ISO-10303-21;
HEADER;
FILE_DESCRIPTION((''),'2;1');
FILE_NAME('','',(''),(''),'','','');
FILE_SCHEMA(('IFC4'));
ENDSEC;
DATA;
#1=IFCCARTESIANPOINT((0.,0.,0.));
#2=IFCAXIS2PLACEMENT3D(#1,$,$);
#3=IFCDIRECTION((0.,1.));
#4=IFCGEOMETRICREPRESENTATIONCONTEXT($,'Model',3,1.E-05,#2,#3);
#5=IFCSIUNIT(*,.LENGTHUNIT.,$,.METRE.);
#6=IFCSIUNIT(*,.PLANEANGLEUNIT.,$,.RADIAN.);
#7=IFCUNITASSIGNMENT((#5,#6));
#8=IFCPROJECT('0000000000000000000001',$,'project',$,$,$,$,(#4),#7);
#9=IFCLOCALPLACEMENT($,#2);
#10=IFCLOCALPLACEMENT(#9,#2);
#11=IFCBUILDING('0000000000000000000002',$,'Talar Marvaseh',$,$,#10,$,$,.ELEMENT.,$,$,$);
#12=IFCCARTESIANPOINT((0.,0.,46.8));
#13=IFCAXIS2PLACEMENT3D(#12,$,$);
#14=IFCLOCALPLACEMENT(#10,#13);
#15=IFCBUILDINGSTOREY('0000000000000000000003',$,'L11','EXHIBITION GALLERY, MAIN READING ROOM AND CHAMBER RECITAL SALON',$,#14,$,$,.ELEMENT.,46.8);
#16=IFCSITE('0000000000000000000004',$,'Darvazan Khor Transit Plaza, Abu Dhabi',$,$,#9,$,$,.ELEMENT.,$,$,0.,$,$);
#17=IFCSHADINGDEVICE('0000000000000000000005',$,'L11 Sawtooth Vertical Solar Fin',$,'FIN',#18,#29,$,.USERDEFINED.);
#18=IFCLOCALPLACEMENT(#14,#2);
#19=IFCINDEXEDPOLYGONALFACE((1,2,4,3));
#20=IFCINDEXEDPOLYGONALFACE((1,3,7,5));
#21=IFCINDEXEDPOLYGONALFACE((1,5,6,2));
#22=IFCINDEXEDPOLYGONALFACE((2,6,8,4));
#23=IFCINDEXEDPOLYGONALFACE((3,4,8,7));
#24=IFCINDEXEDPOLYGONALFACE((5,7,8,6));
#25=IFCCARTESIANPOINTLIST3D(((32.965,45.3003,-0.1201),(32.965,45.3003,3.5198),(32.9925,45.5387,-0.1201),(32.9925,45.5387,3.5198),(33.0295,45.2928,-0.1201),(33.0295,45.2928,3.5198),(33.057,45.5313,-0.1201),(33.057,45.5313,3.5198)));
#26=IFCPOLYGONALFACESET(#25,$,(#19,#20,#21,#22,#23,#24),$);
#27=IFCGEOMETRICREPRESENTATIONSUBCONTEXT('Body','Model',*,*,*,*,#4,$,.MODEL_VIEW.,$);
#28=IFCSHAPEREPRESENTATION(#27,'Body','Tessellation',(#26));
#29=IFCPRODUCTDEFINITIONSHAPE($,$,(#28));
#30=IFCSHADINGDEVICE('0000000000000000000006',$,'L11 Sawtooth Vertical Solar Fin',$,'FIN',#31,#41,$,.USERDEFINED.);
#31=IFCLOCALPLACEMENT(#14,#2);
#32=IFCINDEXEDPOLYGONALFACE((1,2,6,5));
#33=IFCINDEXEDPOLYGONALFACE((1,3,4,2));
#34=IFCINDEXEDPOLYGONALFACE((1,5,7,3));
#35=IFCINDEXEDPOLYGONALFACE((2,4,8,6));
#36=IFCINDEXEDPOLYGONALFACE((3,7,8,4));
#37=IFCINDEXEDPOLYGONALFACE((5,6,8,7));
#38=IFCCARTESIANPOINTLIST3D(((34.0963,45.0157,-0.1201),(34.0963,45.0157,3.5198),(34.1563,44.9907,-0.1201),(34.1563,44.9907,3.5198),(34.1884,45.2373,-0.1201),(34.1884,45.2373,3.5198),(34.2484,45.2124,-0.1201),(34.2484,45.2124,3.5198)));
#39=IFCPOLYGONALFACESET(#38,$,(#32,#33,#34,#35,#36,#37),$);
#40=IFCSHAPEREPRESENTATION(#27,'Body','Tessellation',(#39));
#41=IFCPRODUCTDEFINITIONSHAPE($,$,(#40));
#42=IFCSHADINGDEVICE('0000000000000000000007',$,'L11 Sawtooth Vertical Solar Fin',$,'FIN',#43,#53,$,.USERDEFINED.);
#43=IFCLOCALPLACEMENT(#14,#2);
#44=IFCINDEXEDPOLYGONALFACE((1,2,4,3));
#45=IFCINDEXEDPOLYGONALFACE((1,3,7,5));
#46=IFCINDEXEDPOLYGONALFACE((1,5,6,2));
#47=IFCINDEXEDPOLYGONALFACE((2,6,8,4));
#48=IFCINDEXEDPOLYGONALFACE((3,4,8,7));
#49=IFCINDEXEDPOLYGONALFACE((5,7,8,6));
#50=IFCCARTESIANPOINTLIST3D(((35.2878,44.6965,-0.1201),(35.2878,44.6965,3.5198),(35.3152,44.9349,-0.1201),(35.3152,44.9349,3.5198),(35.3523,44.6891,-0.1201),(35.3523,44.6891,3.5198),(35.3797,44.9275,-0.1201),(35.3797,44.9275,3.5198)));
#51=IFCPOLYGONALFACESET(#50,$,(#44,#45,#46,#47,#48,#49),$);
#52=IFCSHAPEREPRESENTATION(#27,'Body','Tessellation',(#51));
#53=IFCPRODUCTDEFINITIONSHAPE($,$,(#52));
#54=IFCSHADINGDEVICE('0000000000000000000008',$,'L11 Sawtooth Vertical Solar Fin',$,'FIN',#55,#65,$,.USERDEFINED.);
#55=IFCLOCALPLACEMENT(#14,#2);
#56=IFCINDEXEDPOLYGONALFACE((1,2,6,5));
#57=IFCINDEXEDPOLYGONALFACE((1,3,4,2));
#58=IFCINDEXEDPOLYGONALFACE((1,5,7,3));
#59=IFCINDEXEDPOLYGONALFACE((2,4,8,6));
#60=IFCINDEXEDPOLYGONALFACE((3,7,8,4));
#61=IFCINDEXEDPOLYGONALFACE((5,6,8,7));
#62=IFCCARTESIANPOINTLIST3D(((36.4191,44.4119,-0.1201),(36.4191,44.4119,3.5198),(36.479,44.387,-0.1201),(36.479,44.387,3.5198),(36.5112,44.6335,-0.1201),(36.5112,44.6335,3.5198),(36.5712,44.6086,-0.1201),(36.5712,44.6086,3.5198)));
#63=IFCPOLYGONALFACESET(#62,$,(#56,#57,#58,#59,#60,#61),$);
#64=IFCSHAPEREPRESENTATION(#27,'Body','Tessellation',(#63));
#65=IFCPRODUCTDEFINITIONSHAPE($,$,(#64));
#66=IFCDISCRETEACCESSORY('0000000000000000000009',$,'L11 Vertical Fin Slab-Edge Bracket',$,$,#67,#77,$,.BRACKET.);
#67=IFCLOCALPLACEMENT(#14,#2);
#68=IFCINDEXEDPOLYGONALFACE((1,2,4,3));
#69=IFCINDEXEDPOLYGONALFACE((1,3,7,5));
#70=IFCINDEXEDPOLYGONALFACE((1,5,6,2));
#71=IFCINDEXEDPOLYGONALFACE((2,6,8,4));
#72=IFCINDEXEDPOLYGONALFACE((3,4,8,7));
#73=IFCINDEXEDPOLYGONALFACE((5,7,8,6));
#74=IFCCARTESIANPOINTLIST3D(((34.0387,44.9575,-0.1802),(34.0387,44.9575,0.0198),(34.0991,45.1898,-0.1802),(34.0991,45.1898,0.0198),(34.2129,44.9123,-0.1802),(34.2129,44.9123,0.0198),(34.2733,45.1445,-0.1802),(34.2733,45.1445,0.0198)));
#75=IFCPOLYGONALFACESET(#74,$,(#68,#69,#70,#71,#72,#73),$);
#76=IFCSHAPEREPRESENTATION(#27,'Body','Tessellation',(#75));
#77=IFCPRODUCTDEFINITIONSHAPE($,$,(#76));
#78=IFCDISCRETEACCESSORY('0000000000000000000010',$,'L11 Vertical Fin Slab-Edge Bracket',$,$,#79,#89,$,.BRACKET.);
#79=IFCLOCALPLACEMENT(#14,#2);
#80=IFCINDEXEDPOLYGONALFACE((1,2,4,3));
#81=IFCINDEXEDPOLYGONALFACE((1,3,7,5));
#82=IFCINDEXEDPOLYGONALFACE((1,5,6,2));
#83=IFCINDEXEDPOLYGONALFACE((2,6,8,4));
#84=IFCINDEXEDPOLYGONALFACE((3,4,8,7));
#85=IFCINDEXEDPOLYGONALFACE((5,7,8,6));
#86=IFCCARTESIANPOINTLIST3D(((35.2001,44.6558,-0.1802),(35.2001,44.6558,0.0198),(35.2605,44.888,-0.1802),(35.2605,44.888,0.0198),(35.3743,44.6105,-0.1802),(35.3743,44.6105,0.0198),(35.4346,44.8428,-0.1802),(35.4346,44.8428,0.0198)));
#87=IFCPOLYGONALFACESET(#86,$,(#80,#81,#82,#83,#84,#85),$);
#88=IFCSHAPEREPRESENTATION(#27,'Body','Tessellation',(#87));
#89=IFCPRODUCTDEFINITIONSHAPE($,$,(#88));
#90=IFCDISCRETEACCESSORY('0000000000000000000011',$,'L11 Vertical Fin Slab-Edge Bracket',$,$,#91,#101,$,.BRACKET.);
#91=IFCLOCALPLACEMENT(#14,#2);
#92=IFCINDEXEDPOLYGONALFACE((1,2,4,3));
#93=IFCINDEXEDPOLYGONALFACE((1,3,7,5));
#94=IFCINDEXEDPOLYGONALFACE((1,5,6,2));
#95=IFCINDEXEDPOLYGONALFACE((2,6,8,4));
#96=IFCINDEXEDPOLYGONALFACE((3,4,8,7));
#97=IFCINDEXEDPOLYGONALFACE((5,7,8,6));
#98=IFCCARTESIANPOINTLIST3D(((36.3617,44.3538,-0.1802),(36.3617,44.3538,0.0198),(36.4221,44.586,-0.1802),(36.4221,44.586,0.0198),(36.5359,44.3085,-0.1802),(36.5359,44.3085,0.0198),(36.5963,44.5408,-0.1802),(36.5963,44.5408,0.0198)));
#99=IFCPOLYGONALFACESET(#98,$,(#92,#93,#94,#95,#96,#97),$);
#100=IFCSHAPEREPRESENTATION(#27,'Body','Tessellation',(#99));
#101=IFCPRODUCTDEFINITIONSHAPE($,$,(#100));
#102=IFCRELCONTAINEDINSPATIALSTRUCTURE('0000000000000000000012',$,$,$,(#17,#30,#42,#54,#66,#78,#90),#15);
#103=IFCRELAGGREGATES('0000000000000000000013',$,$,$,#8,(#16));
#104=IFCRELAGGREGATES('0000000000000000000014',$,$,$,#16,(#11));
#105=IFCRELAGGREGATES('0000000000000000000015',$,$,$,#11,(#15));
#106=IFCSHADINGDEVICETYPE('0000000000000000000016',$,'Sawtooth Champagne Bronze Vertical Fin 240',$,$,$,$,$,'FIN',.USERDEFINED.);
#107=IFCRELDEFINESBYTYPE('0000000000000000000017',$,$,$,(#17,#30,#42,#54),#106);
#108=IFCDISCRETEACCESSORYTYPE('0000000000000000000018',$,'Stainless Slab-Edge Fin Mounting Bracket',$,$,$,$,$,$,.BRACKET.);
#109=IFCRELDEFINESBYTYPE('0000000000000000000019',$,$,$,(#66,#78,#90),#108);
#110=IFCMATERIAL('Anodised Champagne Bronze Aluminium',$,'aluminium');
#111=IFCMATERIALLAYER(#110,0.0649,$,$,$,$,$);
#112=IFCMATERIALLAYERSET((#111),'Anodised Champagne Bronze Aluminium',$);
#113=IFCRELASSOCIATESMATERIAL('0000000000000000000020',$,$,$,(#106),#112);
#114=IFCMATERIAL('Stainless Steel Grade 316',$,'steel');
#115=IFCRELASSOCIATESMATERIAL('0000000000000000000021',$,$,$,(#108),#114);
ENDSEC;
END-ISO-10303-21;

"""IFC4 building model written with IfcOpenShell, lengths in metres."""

from ifc_helpers import new_model, si_unit, direction, frame, origin, origin_2d, place, context, subcontext, project, spatial, rectangle, extrude, source, transform, mapped, material, layer, layer_set, type_object, type_shapes, element, save


model = new_model("IFC4")

# Units and contexts
model_context = context("Model", 3, precision=1e-05, world=origin(), true_north=direction((0.0, 1.0)))
body_context = subcontext(model_context, "Body", "Model", "MODEL_VIEW")
ifc_project = project(units=[si_unit("LENGTHUNIT", "METRE"), si_unit("PLANEANGLEUNIT", "RADIAN")], contexts=[model_context])

# Site, building, storey
site_placement = place(None, origin())
site = spatial("IfcSite", under=ifc_project, at=site_placement, Name="Darvazan Khor Transit Plaza, Abu Dhabi", CompositionType="ELEMENT", RefElevation=0.0)
building_placement = place(site_placement, origin())
building = spatial("IfcBuilding", under=site, at=building_placement, Name="Talar Marvaseh", CompositionType="ELEMENT")
storey_placement = place(building_placement, frame((0.0, 0.0, 46.8)))
storey = spatial("IfcBuildingStorey", under=building, at=storey_placement, Name="L11", Description="EXHIBITION GALLERY, MAIN READING ROOM AND CHAMBER RECITAL SALON", CompositionType="ELEMENT", Elevation=46.8)

# Shading devices
ifc_material_1 = material(Name="Anodised Champagne Bronze Aluminium", Category="aluminium")
ifc_layer_1 = layer(ifc_material_1, 0.0649)
ifc_layer_set_1 = layer_set([ifc_layer_1], Name="Anodised Champagne Bronze Aluminium")
shading_device_type = type_object("IfcShadingDeviceType", Name="Sawtooth Champagne Bronze Vertical Fin 240", ElementType="FIN", PredefinedType="USERDEFINED", material=ifc_layer_set_1)
shared_shape_1 = source(origin(), body_context, "Body", "SweptSolid", [
    extrude(rectangle(XDim=0.24, YDim=0.0649, at=origin_2d()), origin(), (0.0, 0.0, 1.0), 3.6399),
])
type_shapes(shading_device_type, [shared_shape_1])
for number, where, z_axis, x_axis, name in (
    (1, (33.011, 45.4158, -0.1201), (0.0, 0.0, 1.0), (0.114417, 0.993433, 0.0), "L11 Sawtooth Vertical Solar Fin"),
    (2, (34.1724, 45.114, -0.1201), (0.0, 0.0, 1.0), (0.383812, 0.923411, 0.0), "L11 Sawtooth Vertical Solar Fin"),
    (3, (35.3337, 44.812, -0.1201), (0.0, 0.0, 1.0), (0.114417, 0.993433, 0.0), "L11 Sawtooth Vertical Solar Fin"),
    (4, (36.4951, 44.5103, -0.1201), (0.0, 0.0, 1.0), (0.383812, 0.923411, 0.0), "L11 Sawtooth Vertical Solar Fin"),
):
    element("IfcShadingDevice", number, at=place(storey_placement, frame(where, z_axis=z_axis, x_axis=x_axis)), inside=storey, type_object=shading_device_type, Name=name, ObjectType="FIN", PredefinedType="USERDEFINED", context=body_context, shape_type="MappedRepresentation", body=[
        mapped(shared_shape_1, transform((0.0, 0.0, 0.0), x_axis=(1.0, 0.0, 0.0), y_axis=(0.0, 1.0, 0.0), z_axis=(0.0, 0.0, 1.0), scale=1.0)),
    ])

# Discrete accessories
ifc_material_2 = material(Name="Stainless Steel Grade 316", Category="steel")
discrete_accessory_type = type_object("IfcDiscreteAccessoryType", Name="Stainless Slab-Edge Fin Mounting Bracket", PredefinedType="BRACKET", material=ifc_material_2)
shared_shape_2 = source(origin(), body_context, "Body", "SweptSolid", [
    extrude(rectangle(XDim=0.24, YDim=0.1799, at=origin_2d()), origin(), (0.0, 0.0, 1.0), 0.2),
])
type_shapes(discrete_accessory_type, [shared_shape_2])
for number, where, z_axis, x_axis, name in (
    (5, (34.156, 45.051, -0.1802), (0.0, 0.0, 1.0), (0.251563, 0.967841, 0.0), "L11 Vertical Fin Slab-Edge Bracket"),
    (6, (35.3174, 44.7493, -0.1802), (0.0, 0.0, 1.0), (0.251563, 0.967841, 0.0), "L11 Vertical Fin Slab-Edge Bracket"),
    (7, (36.479, 44.4473, -0.1802), (0.0, 0.0, 1.0), (0.251563, 0.967841, 0.0), "L11 Vertical Fin Slab-Edge Bracket"),
):
    element("IfcDiscreteAccessory", number, at=place(storey_placement, frame(where, z_axis=z_axis, x_axis=x_axis)), inside=storey, type_object=discrete_accessory_type, Name=name, PredefinedType="BRACKET", context=body_context, shape_type="MappedRepresentation", body=[
        mapped(shared_shape_2, transform((0.0, 0.0, 0.0), x_axis=(1.0, 0.0, 0.0), y_axis=(0.0, 1.0, 0.0), z_axis=(0.0, 0.0, 1.0), scale=1.0)),
    ])

save(model, "model.ifc")
